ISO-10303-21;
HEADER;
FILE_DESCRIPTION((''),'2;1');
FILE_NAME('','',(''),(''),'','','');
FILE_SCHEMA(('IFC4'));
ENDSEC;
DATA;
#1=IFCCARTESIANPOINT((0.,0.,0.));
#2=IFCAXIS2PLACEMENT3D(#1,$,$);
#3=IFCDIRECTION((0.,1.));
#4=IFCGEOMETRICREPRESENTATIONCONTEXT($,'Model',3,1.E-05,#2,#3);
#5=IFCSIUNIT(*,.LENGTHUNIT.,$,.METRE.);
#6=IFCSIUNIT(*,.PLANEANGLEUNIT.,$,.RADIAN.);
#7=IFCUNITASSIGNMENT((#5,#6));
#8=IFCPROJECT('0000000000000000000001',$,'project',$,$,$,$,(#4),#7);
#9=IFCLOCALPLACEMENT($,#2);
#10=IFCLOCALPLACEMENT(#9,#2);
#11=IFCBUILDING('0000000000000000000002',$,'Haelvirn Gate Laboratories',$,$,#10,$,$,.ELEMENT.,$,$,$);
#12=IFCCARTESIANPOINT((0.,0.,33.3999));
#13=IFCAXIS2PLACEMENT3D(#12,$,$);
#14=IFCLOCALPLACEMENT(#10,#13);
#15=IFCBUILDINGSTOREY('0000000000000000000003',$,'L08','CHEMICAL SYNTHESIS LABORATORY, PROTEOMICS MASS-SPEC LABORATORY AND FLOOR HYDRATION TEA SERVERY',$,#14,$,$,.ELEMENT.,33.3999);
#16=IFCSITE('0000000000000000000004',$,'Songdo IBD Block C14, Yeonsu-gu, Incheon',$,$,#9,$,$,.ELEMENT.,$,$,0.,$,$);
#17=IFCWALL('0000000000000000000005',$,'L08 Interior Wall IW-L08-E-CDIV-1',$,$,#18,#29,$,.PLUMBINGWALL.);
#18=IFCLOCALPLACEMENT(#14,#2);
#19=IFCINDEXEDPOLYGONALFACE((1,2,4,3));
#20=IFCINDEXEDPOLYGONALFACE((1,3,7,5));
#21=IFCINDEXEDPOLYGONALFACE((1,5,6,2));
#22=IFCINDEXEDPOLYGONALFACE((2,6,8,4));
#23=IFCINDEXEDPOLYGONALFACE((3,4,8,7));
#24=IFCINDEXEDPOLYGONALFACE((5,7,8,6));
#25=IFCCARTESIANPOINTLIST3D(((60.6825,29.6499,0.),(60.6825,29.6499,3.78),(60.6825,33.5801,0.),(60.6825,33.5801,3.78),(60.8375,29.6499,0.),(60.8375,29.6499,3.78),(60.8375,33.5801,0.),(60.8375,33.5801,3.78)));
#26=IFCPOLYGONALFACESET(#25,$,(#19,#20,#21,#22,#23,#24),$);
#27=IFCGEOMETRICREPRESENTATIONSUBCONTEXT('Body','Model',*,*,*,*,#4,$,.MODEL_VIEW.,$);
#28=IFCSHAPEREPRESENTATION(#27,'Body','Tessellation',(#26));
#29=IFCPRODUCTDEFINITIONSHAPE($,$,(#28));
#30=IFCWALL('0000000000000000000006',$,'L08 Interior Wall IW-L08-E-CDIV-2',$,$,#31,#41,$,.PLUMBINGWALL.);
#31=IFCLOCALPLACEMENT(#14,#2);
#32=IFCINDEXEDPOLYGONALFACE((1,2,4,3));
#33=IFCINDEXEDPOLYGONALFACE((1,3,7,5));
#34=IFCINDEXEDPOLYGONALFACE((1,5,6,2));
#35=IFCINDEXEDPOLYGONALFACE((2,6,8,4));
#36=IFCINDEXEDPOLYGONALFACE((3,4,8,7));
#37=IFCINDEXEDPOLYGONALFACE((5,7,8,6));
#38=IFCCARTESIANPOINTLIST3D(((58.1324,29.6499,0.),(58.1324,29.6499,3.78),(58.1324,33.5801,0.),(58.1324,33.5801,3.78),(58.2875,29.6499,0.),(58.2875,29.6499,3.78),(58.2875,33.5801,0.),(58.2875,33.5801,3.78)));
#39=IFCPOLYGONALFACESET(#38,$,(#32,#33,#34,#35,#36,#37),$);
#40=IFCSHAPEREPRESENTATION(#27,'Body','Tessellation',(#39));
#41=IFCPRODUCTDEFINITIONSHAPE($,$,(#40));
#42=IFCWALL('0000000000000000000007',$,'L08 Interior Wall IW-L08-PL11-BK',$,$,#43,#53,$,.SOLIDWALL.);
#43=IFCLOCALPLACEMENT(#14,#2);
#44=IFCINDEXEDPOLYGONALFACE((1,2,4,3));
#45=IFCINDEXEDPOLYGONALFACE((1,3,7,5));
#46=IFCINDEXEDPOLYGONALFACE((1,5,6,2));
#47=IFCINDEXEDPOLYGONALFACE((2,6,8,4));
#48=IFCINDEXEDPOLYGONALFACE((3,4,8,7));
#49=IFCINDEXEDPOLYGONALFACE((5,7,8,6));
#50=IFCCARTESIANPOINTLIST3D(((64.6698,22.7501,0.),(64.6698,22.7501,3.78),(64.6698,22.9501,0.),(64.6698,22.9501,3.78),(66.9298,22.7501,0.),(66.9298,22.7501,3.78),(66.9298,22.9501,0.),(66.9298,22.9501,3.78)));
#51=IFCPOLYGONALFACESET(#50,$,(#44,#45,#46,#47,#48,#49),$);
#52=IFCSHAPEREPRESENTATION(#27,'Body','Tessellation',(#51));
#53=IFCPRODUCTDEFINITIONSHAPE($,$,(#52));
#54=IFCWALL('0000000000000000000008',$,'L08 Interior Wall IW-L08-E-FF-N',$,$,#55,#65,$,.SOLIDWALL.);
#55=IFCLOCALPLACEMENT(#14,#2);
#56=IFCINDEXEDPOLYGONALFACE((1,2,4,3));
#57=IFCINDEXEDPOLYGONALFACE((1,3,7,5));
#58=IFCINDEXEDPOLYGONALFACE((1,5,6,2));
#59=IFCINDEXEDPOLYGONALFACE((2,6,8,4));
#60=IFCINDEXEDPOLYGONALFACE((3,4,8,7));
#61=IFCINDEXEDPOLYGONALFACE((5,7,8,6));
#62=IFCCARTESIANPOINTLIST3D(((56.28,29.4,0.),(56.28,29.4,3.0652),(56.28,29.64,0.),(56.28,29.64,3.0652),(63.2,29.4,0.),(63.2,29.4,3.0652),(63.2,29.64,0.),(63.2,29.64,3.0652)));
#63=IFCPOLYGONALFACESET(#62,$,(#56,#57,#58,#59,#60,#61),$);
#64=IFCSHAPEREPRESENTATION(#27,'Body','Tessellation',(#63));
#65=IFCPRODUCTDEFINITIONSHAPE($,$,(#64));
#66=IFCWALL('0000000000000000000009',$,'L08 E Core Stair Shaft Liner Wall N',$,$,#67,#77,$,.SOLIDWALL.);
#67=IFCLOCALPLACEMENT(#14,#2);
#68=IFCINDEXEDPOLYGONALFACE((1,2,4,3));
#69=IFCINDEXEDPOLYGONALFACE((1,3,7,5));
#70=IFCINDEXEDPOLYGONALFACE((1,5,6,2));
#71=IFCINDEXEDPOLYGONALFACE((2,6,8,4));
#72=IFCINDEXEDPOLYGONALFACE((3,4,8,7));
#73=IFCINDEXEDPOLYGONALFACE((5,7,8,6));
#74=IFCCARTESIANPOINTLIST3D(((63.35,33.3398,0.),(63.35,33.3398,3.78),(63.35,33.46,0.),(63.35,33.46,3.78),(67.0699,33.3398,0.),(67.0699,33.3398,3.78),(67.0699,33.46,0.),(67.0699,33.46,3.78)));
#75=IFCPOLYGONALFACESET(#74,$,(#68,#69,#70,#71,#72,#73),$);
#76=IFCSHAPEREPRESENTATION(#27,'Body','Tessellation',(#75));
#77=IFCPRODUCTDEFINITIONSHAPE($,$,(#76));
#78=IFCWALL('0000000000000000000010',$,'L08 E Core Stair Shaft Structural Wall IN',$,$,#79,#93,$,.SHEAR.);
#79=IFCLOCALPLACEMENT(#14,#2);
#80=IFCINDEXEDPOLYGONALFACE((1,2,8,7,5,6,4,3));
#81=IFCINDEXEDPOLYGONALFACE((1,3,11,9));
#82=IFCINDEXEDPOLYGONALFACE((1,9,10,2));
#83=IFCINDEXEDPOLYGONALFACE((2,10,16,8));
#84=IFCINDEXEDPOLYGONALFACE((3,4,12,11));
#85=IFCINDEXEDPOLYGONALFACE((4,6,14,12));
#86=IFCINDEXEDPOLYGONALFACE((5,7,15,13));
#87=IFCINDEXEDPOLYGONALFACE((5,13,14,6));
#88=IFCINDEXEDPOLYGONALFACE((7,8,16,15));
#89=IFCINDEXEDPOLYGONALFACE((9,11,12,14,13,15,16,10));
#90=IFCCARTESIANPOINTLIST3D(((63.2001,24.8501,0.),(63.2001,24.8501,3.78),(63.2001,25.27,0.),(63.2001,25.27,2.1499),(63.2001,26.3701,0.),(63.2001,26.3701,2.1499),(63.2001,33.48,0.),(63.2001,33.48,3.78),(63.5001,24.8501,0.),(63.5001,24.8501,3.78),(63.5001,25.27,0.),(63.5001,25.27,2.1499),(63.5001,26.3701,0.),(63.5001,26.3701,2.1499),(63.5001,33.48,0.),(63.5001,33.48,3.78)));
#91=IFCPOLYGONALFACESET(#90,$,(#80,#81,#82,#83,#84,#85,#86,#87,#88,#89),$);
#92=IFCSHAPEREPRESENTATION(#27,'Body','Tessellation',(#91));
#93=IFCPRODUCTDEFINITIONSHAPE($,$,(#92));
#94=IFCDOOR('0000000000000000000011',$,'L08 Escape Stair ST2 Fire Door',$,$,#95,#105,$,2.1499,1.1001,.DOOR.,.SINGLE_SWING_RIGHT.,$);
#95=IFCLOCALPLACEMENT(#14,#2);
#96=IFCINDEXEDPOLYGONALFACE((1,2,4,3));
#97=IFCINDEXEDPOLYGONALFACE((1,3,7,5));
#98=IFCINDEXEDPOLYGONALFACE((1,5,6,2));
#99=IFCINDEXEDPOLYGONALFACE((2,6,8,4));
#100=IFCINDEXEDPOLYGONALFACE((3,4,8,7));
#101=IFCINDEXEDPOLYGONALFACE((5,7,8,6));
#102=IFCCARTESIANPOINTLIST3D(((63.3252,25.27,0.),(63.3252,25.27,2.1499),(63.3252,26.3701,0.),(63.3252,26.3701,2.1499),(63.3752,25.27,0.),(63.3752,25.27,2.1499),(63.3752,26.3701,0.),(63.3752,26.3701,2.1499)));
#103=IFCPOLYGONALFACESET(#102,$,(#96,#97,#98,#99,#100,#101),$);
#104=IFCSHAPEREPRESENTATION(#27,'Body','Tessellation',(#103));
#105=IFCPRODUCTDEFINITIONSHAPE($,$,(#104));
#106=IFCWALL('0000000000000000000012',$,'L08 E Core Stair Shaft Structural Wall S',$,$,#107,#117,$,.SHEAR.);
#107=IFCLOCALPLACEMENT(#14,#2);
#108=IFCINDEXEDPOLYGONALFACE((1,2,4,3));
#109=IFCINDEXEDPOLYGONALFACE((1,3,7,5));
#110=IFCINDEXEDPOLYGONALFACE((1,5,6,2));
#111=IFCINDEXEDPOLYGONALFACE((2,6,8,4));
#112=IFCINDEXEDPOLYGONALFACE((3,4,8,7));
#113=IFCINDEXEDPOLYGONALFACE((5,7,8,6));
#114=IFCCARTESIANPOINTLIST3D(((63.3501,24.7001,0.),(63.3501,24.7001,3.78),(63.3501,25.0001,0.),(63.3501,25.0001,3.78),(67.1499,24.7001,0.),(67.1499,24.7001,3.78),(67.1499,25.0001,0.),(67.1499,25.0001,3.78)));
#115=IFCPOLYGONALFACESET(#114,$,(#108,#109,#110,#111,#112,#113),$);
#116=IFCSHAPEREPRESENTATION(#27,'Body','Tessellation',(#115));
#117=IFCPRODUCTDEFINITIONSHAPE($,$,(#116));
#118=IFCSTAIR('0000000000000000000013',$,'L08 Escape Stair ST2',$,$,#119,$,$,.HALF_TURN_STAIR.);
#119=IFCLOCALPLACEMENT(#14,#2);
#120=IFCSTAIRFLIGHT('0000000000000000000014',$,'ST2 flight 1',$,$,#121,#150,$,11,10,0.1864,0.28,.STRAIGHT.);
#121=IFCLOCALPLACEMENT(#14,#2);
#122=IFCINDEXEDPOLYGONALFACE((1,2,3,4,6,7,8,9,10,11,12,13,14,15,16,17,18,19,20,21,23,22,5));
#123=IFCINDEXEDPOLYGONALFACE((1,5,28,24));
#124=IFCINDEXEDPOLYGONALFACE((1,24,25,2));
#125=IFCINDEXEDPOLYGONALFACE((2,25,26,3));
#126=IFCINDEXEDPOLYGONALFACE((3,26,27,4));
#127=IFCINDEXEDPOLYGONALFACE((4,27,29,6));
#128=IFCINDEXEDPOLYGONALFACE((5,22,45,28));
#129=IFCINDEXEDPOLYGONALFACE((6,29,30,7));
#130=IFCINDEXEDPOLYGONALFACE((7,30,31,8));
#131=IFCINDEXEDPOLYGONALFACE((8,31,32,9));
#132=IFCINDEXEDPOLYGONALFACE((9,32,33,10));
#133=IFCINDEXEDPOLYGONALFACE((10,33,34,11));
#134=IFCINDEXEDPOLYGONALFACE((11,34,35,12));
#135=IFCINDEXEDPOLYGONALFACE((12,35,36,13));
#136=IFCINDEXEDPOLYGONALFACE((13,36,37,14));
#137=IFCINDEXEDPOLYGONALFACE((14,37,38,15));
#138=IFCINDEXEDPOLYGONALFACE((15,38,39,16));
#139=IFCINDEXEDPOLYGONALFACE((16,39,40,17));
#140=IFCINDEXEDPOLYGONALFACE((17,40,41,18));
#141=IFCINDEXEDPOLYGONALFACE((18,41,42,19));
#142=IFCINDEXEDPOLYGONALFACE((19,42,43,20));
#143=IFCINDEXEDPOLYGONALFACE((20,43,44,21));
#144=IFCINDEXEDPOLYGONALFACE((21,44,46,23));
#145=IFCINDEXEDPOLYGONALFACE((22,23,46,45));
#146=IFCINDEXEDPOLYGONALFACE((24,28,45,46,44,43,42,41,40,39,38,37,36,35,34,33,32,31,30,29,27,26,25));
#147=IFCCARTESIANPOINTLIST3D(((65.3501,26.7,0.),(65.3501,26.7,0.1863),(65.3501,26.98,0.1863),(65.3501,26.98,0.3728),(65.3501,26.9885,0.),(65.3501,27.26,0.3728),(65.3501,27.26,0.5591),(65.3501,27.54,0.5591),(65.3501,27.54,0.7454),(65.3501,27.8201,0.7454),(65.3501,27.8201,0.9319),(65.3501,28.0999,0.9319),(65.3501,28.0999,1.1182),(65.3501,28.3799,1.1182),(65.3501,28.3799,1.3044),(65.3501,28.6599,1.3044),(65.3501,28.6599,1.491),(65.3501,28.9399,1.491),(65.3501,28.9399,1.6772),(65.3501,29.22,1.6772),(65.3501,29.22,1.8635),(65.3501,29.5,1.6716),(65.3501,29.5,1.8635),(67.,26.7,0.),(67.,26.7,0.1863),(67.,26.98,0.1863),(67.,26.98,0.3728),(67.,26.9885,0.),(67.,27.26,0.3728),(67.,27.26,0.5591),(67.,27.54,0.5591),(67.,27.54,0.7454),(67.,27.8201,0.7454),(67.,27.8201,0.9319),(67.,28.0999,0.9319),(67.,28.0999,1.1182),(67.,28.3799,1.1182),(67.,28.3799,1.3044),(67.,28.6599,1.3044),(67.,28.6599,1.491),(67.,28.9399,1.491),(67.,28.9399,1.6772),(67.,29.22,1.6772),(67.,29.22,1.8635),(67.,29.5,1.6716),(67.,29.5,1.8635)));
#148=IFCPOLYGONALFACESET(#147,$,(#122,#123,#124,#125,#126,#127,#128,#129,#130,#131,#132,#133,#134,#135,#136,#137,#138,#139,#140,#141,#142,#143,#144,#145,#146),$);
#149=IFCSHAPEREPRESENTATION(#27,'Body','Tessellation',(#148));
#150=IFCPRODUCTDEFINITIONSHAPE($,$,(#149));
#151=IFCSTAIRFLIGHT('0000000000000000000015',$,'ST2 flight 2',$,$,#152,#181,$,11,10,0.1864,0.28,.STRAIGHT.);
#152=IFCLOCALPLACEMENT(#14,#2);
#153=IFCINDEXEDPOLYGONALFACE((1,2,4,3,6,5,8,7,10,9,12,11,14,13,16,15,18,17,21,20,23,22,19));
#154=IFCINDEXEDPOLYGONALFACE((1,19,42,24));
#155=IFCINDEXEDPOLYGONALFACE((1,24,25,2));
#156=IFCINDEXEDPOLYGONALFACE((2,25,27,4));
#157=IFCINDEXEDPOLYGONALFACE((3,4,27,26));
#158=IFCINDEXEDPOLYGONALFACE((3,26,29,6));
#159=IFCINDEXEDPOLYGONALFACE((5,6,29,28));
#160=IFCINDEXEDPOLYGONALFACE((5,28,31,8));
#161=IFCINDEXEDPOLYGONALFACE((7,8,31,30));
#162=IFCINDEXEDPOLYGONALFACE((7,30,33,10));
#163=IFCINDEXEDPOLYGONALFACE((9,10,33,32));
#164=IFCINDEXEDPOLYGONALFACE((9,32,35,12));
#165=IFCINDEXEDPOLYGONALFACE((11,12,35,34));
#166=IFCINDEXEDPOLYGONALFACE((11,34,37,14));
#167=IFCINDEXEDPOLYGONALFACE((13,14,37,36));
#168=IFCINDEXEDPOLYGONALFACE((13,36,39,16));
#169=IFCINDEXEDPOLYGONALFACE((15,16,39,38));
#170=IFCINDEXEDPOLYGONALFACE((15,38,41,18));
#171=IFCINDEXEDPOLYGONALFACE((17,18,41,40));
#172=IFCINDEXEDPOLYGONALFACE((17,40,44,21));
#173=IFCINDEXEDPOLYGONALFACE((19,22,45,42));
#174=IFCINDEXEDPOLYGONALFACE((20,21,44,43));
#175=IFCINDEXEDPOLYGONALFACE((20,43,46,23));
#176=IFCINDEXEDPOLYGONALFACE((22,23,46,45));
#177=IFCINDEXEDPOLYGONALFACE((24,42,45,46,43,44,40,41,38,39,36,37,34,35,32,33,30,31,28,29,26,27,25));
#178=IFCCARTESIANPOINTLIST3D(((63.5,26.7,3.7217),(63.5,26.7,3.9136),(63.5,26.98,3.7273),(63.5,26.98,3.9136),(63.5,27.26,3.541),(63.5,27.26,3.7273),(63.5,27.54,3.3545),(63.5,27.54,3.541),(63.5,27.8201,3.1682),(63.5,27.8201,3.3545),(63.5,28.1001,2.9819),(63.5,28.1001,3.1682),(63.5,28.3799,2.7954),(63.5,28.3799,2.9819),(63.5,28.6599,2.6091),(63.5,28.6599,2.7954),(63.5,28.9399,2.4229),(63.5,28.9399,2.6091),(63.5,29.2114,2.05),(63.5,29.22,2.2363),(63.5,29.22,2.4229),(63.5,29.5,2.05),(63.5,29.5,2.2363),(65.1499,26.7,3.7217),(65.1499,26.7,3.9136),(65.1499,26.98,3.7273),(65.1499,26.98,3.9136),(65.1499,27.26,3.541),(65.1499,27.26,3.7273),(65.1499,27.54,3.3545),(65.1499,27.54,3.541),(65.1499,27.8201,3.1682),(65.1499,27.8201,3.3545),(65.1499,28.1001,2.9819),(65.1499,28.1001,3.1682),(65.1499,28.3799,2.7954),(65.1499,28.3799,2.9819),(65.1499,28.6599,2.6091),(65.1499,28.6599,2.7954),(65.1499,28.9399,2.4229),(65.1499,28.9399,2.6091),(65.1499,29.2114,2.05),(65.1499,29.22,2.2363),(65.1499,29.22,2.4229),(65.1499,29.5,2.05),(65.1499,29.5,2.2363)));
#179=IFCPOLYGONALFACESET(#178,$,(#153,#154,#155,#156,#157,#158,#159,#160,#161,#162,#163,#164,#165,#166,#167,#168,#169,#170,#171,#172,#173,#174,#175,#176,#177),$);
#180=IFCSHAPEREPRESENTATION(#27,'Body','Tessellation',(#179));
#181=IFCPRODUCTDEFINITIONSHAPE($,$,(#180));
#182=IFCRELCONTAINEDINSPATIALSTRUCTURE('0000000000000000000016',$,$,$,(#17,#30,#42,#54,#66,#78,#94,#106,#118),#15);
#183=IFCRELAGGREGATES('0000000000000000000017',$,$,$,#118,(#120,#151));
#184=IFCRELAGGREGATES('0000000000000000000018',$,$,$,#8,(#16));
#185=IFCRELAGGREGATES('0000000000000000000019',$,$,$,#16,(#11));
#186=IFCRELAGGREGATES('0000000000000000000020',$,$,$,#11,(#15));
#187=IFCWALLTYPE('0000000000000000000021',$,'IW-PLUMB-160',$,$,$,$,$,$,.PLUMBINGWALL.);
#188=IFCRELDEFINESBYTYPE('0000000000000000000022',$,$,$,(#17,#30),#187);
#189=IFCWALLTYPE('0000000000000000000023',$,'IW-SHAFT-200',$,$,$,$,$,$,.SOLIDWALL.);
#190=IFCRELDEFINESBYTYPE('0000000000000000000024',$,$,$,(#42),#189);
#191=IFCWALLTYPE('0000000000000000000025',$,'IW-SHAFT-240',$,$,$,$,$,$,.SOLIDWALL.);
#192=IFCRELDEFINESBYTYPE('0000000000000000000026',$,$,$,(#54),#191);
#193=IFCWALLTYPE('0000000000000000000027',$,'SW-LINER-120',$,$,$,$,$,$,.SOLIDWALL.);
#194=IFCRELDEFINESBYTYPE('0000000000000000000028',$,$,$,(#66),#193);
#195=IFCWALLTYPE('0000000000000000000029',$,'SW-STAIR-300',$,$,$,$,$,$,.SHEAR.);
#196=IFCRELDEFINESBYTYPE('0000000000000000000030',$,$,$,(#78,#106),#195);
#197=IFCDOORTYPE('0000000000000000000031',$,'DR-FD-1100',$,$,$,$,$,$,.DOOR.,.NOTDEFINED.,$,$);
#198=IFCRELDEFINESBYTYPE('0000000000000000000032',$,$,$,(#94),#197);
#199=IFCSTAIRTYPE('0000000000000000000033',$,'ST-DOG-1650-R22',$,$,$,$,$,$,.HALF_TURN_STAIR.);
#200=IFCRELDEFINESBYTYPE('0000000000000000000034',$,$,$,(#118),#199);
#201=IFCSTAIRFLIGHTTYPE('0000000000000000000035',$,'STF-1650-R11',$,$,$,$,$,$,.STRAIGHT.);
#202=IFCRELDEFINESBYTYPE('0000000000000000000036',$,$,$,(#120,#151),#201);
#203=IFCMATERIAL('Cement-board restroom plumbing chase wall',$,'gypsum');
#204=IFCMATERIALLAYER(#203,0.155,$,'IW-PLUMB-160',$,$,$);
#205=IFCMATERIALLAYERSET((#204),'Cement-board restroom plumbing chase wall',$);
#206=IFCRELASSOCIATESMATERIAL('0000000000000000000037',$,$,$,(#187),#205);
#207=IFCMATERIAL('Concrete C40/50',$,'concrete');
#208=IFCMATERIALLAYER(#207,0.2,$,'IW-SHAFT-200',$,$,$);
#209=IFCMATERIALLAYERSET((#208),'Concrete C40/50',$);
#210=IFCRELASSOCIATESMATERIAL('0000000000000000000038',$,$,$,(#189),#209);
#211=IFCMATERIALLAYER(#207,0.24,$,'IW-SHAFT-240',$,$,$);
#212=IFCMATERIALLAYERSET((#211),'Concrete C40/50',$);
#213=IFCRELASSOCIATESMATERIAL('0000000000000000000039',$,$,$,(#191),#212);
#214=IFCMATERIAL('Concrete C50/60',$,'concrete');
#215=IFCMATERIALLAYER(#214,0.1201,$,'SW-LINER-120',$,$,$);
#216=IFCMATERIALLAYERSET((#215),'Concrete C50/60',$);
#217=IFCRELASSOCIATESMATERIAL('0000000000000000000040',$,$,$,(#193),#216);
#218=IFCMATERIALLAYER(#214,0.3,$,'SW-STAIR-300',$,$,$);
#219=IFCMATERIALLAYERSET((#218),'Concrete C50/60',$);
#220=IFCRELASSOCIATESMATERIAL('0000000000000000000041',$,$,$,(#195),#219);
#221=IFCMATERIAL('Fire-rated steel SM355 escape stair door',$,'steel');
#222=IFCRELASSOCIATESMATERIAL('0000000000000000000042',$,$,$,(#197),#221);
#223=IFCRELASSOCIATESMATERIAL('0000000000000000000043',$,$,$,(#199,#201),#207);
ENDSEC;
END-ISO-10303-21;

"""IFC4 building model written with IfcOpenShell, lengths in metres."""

from ifc_helpers import new_model, si_unit, direction, frame, frame_2d, origin, place, context, subcontext, project, spatial, polyline, rectangle, outline, extrude, source, transform, mapped, material, layer, layer_set, type_object, type_shapes, element, fill, aggregate, save


model = new_model("IFC4")

# Units and contexts
model_context = context("Model", 3, precision=1e-05, world=origin(), true_north=direction((0.0, 1.0)))
body_context = subcontext(model_context, "Body", "Model", "MODEL_VIEW")
ifc_project = project(units=[si_unit("LENGTHUNIT", "METRE"), si_unit("PLANEANGLEUNIT", "RADIAN")], contexts=[model_context])

# Site, building, storey
site_placement = place(None, origin())
site = spatial("IfcSite", under=ifc_project, at=site_placement, Name="Songdo IBD Block C14, Yeonsu-gu, Incheon", CompositionType="ELEMENT", RefElevation=0.0)
building_placement = place(site_placement, origin())
building = spatial("IfcBuilding", under=site, at=building_placement, Name="Haelvirn Gate Laboratories", CompositionType="ELEMENT")
storey_placement = place(building_placement, frame((0.0, 0.0, 33.3999)))
storey = spatial("IfcBuildingStorey", under=building, at=storey_placement, Name="L08", Description="CHEMICAL SYNTHESIS LABORATORY, PROTEOMICS MASS-SPEC LABORATORY AND FLOOR HYDRATION TEA SERVERY", CompositionType="ELEMENT", Elevation=33.3999)

# Walls
ifc_material_1 = material(Name="Cement-board restroom plumbing chase wall", Category="gypsum")
ifc_layer_1 = layer(ifc_material_1, 0.155, Name="IW-PLUMB-160")
ifc_layer_set_1 = layer_set([ifc_layer_1], Name="Cement-board restroom plumbing chase wall")
wall_type_1 = type_object("IfcWallType", Name="IW-PLUMB-160", PredefinedType="PLUMBINGWALL", material=ifc_layer_set_1)
for number, where, z_axis, x_axis, name in (
    (1, (60.76, 29.6499, 0.0), (0.0, 0.0, 1.0), (0.0, 1.0, 0.0), "L08 Interior Wall IW-L08-E-CDIV-1"),
    (2, (58.21, 29.6499, 0.0), (0.0, 0.0, 1.0), (0.0, 1.0, 0.0), "L08 Interior Wall IW-L08-E-CDIV-2"),
):
    element("IfcWall", number, at=place(storey_placement, frame(where, z_axis=z_axis, x_axis=x_axis)), inside=storey, type_object=wall_type_1, Name=name, PredefinedType="PLUMBINGWALL", context=body_context, shape_type="SweptSolid", body=[
        extrude(rectangle(XDim=3.9302, YDim=0.155, at=frame_2d((1.9651, 0.0))), origin(), (0.0, 0.0, 1.0), 3.78),
    ])
ifc_material_2 = material(Name="Concrete C40/50", Category="concrete")
ifc_layer_2 = layer(ifc_material_2, 0.2, Name="IW-SHAFT-200")
ifc_layer_set_2 = layer_set([ifc_layer_2], Name="Concrete C40/50")
wall_type_2 = type_object("IfcWallType", Name="IW-SHAFT-200", PredefinedType="SOLIDWALL", material=ifc_layer_set_2)
wall_1_placement = place(storey_placement, frame((64.6699, 22.8501, 0.0), z_axis=(0.0, 0.0, 1.0), x_axis=(1.0, 0.0, 0.0)))
element("IfcWall", 3, at=wall_1_placement, inside=storey, type_object=wall_type_2, Name="L08 Interior Wall IW-L08-PL11-BK", PredefinedType="SOLIDWALL", context=body_context, shape_type="SweptSolid", body=[
    extrude(rectangle(XDim=2.26, YDim=0.2, at=frame_2d((1.1299, 0.0))), origin(), (0.0, 0.0, 1.0), 3.78),
])
ifc_layer_3 = layer(ifc_material_2, 0.24, Name="IW-SHAFT-240")
ifc_layer_set_3 = layer_set([ifc_layer_3], Name="Concrete C40/50")
wall_type_3 = type_object("IfcWallType", Name="IW-SHAFT-240", PredefinedType="SOLIDWALL", material=ifc_layer_set_3)
wall_2_placement = place(storey_placement, frame((56.28, 29.52, 0.0), z_axis=(0.0, 0.0, 1.0), x_axis=(1.0, 0.0, 0.0)))
element("IfcWall", 4, at=wall_2_placement, inside=storey, type_object=wall_type_3, Name="L08 Interior Wall IW-L08-E-FF-N", PredefinedType="SOLIDWALL", context=body_context, shape_type="SweptSolid", body=[
    extrude(rectangle(XDim=6.9199, YDim=0.24, at=frame_2d((3.46, 0.0))), origin(), (0.0, 0.0, 1.0), 3.0652),
])
ifc_material_3 = material(Name="Concrete C50/60", Category="concrete")
ifc_layer_4 = layer(ifc_material_3, 0.1201, Name="SW-LINER-120")
ifc_layer_set_4 = layer_set([ifc_layer_4], Name="Concrete C50/60")
wall_type_4 = type_object("IfcWallType", Name="SW-LINER-120", PredefinedType="SOLIDWALL", material=ifc_layer_set_4)
wall_3_placement = place(storey_placement, frame((63.3501, 33.3999, 0.0), z_axis=(0.0, 0.0, 1.0), x_axis=(1.0, 0.0, 0.0)))
element("IfcWall", 5, at=wall_3_placement, inside=storey, type_object=wall_type_4, Name="L08 E Core Stair Shaft Liner Wall N", PredefinedType="SOLIDWALL", context=body_context, shape_type="SweptSolid", body=[
    extrude(rectangle(XDim=3.72, YDim=0.1201, at=frame_2d((1.8599, 0.0))), origin(), (0.0, 0.0, 1.0), 3.78),
])

# Wall, opening, door
ifc_layer_5 = layer(ifc_material_3, 0.3, Name="SW-STAIR-300")
ifc_layer_set_5 = layer_set([ifc_layer_5], Name="Concrete C50/60")
wall_type_5 = type_object("IfcWallType", Name="SW-STAIR-300", PredefinedType="SHEAR", material=ifc_layer_set_5)
wall_4_placement = place(storey_placement, frame((63.3501, 24.8501, 0.0), z_axis=(0.0, 0.0, 1.0), x_axis=(0.0, 1.0, 0.0)))
wall_4 = element("IfcWall", 6, at=wall_4_placement, inside=storey, type_object=wall_type_5, Name="L08 E Core Stair Shaft Structural Wall IN", PredefinedType="SHEAR", context=body_context, shape_type="SweptSolid", body=[
    extrude(rectangle(XDim=8.6299, YDim=0.3, at=frame_2d((4.3149, 0.0))), origin(), (0.0, 0.0, 1.0), 3.78),
])
opening_1_placement = place(wall_4_placement, frame((0.4199, 0.0, 0.0)))
opening_1 = element("IfcOpeningElement", 7, at=opening_1_placement, cuts=wall_4, PredefinedType="OPENING", context=body_context, shape_type="SweptSolid", body=[
    extrude(rectangle(XDim=1.1001, YDim=2.1499, at=frame_2d((0.55, 1.075))), frame((0.0, 0.1602, 0.0), z_axis=(0.0, -1.0, 0.0), x_axis=(1.0, 0.0, 0.0)), (0.0, 0.0, 1.0), 0.3201),
])
ifc_material_4 = material(Name="Fire-rated steel SM355 escape stair door", Category="steel")
door_type_1 = type_object("IfcDoorType", Name="DR-FD-1100", OperationType="NOTDEFINED", PredefinedType="DOOR", material=ifc_material_4)
shared_shape_1 = source(origin(), body_context, "Body", "SweptSolid", [
    extrude(rectangle(XDim=1.1001, YDim=2.1499, at=frame_2d((0.55, 1.075))), frame((0.0, 0.0249, 0.0), z_axis=(0.0, -1.0, 0.0), x_axis=(1.0, 0.0, 0.0)), (0.0, 0.0, 1.0), 0.05),
])
type_shapes(door_type_1, [shared_shape_1])
door_1_placement = place(opening_1_placement, origin())
door_1 = element("IfcDoor", 8, at=door_1_placement, inside=storey, type_object=door_type_1, Name="L08 Escape Stair ST2 Fire Door", OperationType="SINGLE_SWING_RIGHT", OverallHeight=2.1499, OverallWidth=1.1001, PredefinedType="DOOR", context=body_context, shape_type="MappedRepresentation", body=[
    mapped(shared_shape_1, transform((0.0, 0.0, 0.0), scale=1.0)),
])
fill(opening_1, door_1)

# Wall
wall_5_placement = place(storey_placement, frame((63.3501, 24.8501, 0.0), z_axis=(0.0, 0.0, 1.0), x_axis=(1.0, 0.0, 0.0)))
element("IfcWall", 9, at=wall_5_placement, inside=storey, type_object=wall_type_5, Name="L08 E Core Stair Shaft Structural Wall S", PredefinedType="SHEAR", context=body_context, shape_type="SweptSolid", body=[
    extrude(rectangle(XDim=3.7998, YDim=0.3, at=frame_2d((1.8999, 0.0))), origin(), (0.0, 0.0, 1.0), 3.78),
])

# Stair, stair flights
stair_type = type_object("IfcStairType", Name="ST-DOG-1650-R22", PredefinedType="HALF_TURN_STAIR", material=ifc_material_2)
stair_placement = place(storey_placement, origin())
stair = element("IfcStair", 10, at=stair_placement, inside=storey, type_object=stair_type, Name="L08 Escape Stair ST2", PredefinedType="HALF_TURN_STAIR")
stair_flight_type = type_object("IfcStairFlightType", Name="STF-1650-R11", PredefinedType="STRAIGHT", material=ifc_material_2)
shared_shape_2 = source(origin(), body_context, "Body", "SweptSolid", [
    extrude(outline(polyline([(0.0, 0.0), (0.0, 0.1863), (0.28, 0.1863), (0.28, 0.3728), (0.5601, 0.3728), (0.5601, 0.5591), (0.8401, 0.5591), (0.8401, 0.7454), (1.1201, 0.7454), (1.1201, 0.9319), (1.3999, 0.9319), (1.3999, 1.1182), (1.6799, 1.1182), (1.6799, 1.3044), (1.96, 1.3044), (1.96, 1.491), (2.24, 1.491), (2.24, 1.6772), (2.52, 1.6772), (2.52, 1.8635), (2.8, 1.8635), (2.8, 2.05), (2.8, 1.6716), (0.2886, 0.0), (0.0, 0.0)])), frame((0.0, 0.825, 0.0), z_axis=(0.0, -1.0, 0.0), x_axis=(1.0, 0.0, 0.0)), (0.0, 0.0, 1.0), 1.6499),
])
type_shapes(stair_flight_type, [shared_shape_2])
stair_flight_1_placement = place(storey_placement, frame((66.175, 26.7, 0.0), z_axis=(0.0, 0.0, 1.0), x_axis=(0.0, 1.0, 0.0)))
stair_flight_1 = element("IfcStairFlight", 11, at=stair_flight_1_placement, type_object=stair_flight_type, Name="ST2 flight 1", NumberOfRisers=11, NumberOfTreads=10, PredefinedType="STRAIGHT", RiserHeight=0.1864, TreadLength=0.28, context=body_context, shape_type="MappedRepresentation", body=[
    mapped(shared_shape_2, transform((0.0, 0.0, 0.0), scale=1.0)),
])
stair_flight_2_placement = place(storey_placement, frame((64.325, 29.5, 2.05), z_axis=(0.0, 0.0, 1.0), x_axis=(0.0, -1.0, 0.0)))
stair_flight_2 = element("IfcStairFlight", 12, at=stair_flight_2_placement, type_object=stair_flight_type, Name="ST2 flight 2", NumberOfRisers=11, NumberOfTreads=10, PredefinedType="STRAIGHT", RiserHeight=0.1864, TreadLength=0.28, context=body_context, shape_type="MappedRepresentation", body=[
    mapped(shared_shape_2, transform((0.0, 0.0, 0.0), scale=1.0)),
])
aggregate(stair, [stair_flight_1, stair_flight_2])

save(model, "model.ifc")
